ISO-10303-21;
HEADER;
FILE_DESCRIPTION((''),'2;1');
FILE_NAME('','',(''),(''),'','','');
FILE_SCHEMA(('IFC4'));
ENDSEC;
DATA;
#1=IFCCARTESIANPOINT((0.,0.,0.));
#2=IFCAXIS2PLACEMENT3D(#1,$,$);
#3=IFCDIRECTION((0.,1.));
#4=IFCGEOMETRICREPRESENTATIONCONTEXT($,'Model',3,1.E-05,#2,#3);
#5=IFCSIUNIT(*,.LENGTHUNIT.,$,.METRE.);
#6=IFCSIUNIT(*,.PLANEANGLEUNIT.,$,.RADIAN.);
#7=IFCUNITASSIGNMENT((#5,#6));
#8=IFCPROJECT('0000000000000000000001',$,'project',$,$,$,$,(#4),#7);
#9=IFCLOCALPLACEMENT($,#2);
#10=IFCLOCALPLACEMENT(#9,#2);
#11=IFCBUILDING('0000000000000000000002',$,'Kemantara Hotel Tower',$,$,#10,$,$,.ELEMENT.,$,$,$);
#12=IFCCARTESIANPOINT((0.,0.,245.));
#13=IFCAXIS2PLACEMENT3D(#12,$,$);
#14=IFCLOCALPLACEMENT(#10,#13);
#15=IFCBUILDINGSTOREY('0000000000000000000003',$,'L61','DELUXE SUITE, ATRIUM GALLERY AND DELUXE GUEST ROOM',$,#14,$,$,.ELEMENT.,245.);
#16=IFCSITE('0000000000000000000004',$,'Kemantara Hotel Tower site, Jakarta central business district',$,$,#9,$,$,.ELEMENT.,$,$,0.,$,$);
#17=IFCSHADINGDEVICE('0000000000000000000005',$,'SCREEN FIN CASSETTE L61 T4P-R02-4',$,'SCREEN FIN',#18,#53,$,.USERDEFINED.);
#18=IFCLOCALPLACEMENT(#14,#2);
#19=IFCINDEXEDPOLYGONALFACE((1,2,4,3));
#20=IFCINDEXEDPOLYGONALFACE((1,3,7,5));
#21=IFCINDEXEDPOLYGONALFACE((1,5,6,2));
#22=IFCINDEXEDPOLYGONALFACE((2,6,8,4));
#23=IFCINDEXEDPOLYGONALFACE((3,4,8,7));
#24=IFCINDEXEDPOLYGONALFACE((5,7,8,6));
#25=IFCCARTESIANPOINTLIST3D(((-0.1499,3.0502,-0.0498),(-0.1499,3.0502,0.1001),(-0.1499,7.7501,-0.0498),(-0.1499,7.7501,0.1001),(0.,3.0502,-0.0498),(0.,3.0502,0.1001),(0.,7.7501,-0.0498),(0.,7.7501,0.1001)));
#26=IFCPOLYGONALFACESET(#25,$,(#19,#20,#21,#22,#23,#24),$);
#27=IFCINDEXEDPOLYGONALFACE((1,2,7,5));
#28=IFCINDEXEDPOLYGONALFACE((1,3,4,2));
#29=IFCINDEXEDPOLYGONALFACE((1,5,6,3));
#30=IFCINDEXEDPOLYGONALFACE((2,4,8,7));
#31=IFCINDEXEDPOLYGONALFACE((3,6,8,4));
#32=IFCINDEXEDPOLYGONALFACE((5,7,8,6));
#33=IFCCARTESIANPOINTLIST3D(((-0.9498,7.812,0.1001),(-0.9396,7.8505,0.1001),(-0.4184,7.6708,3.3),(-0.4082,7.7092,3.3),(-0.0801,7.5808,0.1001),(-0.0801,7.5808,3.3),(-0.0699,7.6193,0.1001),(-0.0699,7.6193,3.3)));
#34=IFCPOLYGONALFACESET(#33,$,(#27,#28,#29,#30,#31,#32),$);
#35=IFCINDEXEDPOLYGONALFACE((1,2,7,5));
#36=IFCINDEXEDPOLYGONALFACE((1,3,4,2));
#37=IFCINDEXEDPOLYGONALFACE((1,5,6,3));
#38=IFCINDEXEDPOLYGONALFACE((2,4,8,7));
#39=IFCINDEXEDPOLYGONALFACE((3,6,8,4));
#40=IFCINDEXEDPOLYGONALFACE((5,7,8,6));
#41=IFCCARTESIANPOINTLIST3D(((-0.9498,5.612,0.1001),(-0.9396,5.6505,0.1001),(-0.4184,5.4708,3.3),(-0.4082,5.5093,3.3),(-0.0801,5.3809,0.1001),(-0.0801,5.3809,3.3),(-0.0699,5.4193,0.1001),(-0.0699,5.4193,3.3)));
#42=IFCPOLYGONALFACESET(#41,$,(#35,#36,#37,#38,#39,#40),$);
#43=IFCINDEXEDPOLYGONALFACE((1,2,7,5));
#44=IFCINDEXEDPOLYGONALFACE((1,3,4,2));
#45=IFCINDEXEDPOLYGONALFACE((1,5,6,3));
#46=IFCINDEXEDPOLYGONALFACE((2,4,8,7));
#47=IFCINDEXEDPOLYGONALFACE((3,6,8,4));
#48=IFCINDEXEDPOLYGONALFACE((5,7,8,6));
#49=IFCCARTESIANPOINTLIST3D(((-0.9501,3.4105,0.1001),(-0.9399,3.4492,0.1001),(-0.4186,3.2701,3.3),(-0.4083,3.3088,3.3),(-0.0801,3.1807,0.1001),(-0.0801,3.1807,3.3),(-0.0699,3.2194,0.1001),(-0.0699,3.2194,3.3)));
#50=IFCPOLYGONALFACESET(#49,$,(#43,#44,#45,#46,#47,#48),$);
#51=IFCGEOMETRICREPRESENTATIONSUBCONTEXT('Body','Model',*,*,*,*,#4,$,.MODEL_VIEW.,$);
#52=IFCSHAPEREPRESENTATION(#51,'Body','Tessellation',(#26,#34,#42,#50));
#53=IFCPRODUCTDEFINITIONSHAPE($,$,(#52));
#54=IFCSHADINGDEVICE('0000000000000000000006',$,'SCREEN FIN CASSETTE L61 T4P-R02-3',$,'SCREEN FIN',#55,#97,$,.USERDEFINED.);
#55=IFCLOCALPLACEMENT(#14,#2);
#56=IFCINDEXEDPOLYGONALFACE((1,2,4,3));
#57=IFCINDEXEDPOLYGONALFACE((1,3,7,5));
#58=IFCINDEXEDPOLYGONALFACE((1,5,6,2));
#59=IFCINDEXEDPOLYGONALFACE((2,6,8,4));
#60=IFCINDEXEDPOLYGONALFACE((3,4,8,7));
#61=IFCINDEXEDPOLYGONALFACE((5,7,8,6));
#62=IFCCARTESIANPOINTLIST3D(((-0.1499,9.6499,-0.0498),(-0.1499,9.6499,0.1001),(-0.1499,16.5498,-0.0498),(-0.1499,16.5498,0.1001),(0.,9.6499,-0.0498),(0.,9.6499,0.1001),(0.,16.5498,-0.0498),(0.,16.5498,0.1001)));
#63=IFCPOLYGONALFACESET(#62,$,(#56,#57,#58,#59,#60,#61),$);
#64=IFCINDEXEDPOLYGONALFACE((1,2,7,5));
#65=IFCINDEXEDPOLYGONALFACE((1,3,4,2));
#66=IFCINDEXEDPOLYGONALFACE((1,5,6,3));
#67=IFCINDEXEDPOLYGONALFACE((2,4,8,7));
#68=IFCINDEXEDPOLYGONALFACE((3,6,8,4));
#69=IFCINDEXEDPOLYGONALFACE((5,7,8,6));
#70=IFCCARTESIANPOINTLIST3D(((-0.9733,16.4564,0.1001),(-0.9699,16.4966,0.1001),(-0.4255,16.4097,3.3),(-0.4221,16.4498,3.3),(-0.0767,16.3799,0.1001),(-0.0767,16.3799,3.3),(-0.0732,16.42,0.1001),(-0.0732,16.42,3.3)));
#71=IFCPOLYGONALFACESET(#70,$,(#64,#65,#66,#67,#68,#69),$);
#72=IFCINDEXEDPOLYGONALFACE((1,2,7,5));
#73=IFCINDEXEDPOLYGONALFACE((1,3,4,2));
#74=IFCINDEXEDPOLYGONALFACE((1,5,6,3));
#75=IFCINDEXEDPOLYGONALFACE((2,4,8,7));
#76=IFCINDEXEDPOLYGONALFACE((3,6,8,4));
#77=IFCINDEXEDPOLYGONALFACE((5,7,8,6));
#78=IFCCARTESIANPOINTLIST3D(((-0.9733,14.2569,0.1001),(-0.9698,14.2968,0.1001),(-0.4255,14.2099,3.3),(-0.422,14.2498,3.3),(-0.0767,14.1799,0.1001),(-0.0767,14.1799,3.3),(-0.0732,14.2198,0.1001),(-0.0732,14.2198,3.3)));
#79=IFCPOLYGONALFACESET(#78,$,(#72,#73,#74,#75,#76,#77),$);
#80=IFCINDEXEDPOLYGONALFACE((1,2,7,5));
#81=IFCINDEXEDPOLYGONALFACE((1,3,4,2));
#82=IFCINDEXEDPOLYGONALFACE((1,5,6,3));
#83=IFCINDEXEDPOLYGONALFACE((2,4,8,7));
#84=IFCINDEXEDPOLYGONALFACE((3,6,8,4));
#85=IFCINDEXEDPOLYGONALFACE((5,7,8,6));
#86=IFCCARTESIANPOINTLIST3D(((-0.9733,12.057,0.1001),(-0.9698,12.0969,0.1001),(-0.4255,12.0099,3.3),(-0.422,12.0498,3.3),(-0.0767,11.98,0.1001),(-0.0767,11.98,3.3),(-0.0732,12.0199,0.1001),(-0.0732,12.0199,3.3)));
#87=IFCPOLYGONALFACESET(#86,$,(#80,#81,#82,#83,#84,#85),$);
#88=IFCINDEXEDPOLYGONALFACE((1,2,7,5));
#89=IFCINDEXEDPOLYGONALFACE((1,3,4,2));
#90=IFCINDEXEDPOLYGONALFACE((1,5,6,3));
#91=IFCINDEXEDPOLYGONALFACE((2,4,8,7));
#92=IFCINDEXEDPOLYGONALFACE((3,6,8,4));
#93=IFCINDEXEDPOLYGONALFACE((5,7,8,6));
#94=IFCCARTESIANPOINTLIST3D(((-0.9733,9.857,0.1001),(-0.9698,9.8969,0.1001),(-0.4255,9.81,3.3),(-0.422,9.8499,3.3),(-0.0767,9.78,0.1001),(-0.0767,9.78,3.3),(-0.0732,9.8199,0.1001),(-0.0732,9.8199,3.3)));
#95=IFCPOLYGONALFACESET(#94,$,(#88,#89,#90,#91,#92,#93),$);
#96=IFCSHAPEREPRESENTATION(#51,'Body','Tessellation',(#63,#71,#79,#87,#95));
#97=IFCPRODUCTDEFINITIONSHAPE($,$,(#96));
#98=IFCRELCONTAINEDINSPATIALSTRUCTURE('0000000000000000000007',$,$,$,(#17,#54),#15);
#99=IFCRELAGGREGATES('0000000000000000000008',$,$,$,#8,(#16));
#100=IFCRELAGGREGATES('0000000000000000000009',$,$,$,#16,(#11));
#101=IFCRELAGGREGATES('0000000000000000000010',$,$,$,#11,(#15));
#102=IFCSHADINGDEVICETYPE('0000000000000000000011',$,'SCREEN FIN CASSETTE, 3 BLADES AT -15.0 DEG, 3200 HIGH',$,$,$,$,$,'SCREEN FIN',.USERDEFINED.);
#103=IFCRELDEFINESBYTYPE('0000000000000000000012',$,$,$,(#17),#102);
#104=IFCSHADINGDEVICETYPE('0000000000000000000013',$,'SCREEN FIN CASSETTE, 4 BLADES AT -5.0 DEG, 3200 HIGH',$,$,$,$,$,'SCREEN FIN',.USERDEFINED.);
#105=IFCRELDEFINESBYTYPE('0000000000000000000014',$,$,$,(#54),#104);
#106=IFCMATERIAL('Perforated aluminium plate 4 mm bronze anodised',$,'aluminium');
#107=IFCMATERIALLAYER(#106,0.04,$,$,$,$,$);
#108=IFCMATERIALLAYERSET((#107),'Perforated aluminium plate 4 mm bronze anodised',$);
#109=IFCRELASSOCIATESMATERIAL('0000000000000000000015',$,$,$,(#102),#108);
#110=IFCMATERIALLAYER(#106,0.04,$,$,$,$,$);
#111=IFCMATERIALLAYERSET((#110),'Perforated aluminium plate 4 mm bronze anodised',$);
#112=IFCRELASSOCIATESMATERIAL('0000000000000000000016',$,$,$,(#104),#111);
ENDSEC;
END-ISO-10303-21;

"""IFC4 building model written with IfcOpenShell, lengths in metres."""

from ifc_helpers import new_model, si_unit, direction, frame, origin, origin_2d, place, context, subcontext, project, spatial, polyline, rectangle, outline, extrude, source, transform, mapped, material, layer, layer_set, type_object, element, save


model = new_model("IFC4")

# Units and contexts
model_context = context("Model", 3, precision=1e-05, world=origin(), true_north=direction((0.0, 1.0)))
body_context = subcontext(model_context, "Body", "Model", "MODEL_VIEW")
ifc_project = project(units=[si_unit("LENGTHUNIT", "METRE"), si_unit("PLANEANGLEUNIT", "RADIAN")], contexts=[model_context])

# Site, building, storey
site_placement = place(None, origin())
site = spatial("IfcSite", under=ifc_project, at=site_placement, Name="Kemantara Hotel Tower site, Jakarta central business district", CompositionType="ELEMENT", RefElevation=0.0)
building_placement = place(site_placement, origin())
building = spatial("IfcBuilding", under=site, at=building_placement, Name="Kemantara Hotel Tower", CompositionType="ELEMENT")
storey_placement = place(building_placement, frame((0.0, 0.0, 245.0)))
storey = spatial("IfcBuildingStorey", under=building, at=storey_placement, Name="L61", Description="DELUXE SUITE, ATRIUM GALLERY AND DELUXE GUEST ROOM", CompositionType="ELEMENT", Elevation=245.0)

# Shading devices
ifc_material_1 = material(Name="Perforated aluminium plate 4 mm bronze anodised", Category="aluminium")
ifc_layer_1 = layer(ifc_material_1, 0.04)
ifc_layer_set_1 = layer_set([ifc_layer_1], Name="Perforated aluminium plate 4 mm bronze anodised")
shading_device_type_1 = type_object("IfcShadingDeviceType", Name="SCREEN FIN CASSETTE, 3 BLADES AT -15.0 DEG, 3200 HIGH", ElementType="SCREEN FIN", PredefinedType="USERDEFINED", material=ifc_layer_set_1)
shared_shape_1 = source(origin(), body_context, "Body", "SweptSolid", [
    extrude(rectangle(XDim=4.7, YDim=0.1499, at=origin_2d()), frame((2.2, -0.075, -0.1499), z_axis=(0.0, 0.0, 1.0), x_axis=(1.0, 0.0, 0.0)), (0.0, 0.0, 1.0), 0.1499),
    extrude(outline(polyline([(0.0, 0.0), (0.8999, 0.0), (0.3501, 3.2), (0.0, 3.2), (0.0, 0.0)])), frame((0.0193, -0.0801, 0.0), z_axis=(-0.966438, 0.256901, 0.0), x_axis=(-0.256901, -0.966438, 0.0)), (0.0, 0.0, 1.0), 0.0398),
    extrude(outline(polyline([(0.0, 0.0), (0.8999, 0.0), (0.3501, 3.2), (0.0, 3.2), (0.0, 0.0)])), frame((2.2192, -0.0801, 0.0), z_axis=(-0.966438, 0.256901, 0.0), x_axis=(-0.256901, -0.966438, 0.0)), (0.0, 0.0, 1.0), 0.0398),
    extrude(outline(polyline([(0.0, 0.0), (0.8999, 0.0), (0.3501, 3.2), (0.0, 3.2), (0.0, 0.0)])), frame((4.4194, -0.0801, 0.0), z_axis=(-0.966838, 0.255391, 0.0), x_axis=(-0.255391, -0.966838, 0.0)), (0.0, 0.0, 1.0), 0.04),
])
shading_device_1_placement = place(storey_placement, frame((0.0, 7.6001, 0.1001), z_axis=(0.0, 0.0, 1.0), x_axis=(0.0, -1.0, 0.0)))
element("IfcShadingDevice", 1, at=shading_device_1_placement, inside=storey, type_object=shading_device_type_1, Name="SCREEN FIN CASSETTE L61 T4P-R02-4", ObjectType="SCREEN FIN", PredefinedType="USERDEFINED", context=body_context, shape_type="MappedRepresentation", body=[
    mapped(shared_shape_1, transform((0.0, 0.0, 0.0))),
])
ifc_layer_2 = layer(ifc_material_1, 0.04)
ifc_layer_set_2 = layer_set([ifc_layer_2], Name="Perforated aluminium plate 4 mm bronze anodised")
shading_device_type_2 = type_object("IfcShadingDeviceType", Name="SCREEN FIN CASSETTE, 4 BLADES AT -5.0 DEG, 3200 HIGH", ElementType="SCREEN FIN", PredefinedType="USERDEFINED", material=ifc_layer_set_2)
shared_shape_2 = source(origin(), body_context, "Body", "SweptSolid", [
    extrude(rectangle(XDim=6.8999, YDim=0.1499, at=origin_2d()), frame((3.3, -0.075, -0.1499), z_axis=(0.0, 0.0, 1.0), x_axis=(1.0, 0.0, 0.0)), (0.0, 0.0, 1.0), 0.1499),
    extrude(outline(polyline([(0.0, 0.0), (0.8999, 0.0), (0.3501, 3.2), (0.0, 3.2), (0.0, 0.0)])), frame((0.02, -0.0767, 0.0), z_axis=(-0.996376, 0.085056, 0.0), x_axis=(-0.085056, -0.996376, 0.0)), (0.0, 0.0, 1.0), 0.0403),
    extrude(outline(polyline([(0.0, 0.0), (0.8999, 0.0), (0.3501, 3.2), (0.0, 3.2), (0.0, 0.0)])), frame((2.22, -0.0767, 0.0), z_axis=(-0.996332, 0.085575, 0.0), x_axis=(-0.085575, -0.996332, 0.0)), (0.0, 0.0, 1.0), 0.04),
    extrude(outline(polyline([(0.0, 0.0), (0.8999, 0.0), (0.3501, 3.2), (0.0, 3.2), (0.0, 0.0)])), frame((4.4199, -0.0767, 0.0), z_axis=(-0.996332, 0.085575, 0.0), x_axis=(-0.085575, -0.996332, 0.0)), (0.0, 0.0, 1.0), 0.04),
    extrude(outline(polyline([(0.0, 0.0), (0.8999, 0.0), (0.3501, 3.2), (0.0, 3.2), (0.0, 0.0)])), frame((6.6199, -0.0767, 0.0), z_axis=(-0.996332, 0.085575, 0.0), x_axis=(-0.085575, -0.996332, 0.0)), (0.0, 0.0, 1.0), 0.04),
])
shading_device_2_placement = place(storey_placement, frame((0.0, 16.3999, 0.1001), z_axis=(0.0, 0.0, 1.0), x_axis=(0.0, -1.0, 0.0)))
element("IfcShadingDevice", 2, at=shading_device_2_placement, inside=storey, type_object=shading_device_type_2, Name="SCREEN FIN CASSETTE L61 T4P-R02-3", ObjectType="SCREEN FIN", PredefinedType="USERDEFINED", context=body_context, shape_type="MappedRepresentation", body=[
    mapped(shared_shape_2, transform((0.0, 0.0, 0.0))),
])

save(model, "model.ifc")
